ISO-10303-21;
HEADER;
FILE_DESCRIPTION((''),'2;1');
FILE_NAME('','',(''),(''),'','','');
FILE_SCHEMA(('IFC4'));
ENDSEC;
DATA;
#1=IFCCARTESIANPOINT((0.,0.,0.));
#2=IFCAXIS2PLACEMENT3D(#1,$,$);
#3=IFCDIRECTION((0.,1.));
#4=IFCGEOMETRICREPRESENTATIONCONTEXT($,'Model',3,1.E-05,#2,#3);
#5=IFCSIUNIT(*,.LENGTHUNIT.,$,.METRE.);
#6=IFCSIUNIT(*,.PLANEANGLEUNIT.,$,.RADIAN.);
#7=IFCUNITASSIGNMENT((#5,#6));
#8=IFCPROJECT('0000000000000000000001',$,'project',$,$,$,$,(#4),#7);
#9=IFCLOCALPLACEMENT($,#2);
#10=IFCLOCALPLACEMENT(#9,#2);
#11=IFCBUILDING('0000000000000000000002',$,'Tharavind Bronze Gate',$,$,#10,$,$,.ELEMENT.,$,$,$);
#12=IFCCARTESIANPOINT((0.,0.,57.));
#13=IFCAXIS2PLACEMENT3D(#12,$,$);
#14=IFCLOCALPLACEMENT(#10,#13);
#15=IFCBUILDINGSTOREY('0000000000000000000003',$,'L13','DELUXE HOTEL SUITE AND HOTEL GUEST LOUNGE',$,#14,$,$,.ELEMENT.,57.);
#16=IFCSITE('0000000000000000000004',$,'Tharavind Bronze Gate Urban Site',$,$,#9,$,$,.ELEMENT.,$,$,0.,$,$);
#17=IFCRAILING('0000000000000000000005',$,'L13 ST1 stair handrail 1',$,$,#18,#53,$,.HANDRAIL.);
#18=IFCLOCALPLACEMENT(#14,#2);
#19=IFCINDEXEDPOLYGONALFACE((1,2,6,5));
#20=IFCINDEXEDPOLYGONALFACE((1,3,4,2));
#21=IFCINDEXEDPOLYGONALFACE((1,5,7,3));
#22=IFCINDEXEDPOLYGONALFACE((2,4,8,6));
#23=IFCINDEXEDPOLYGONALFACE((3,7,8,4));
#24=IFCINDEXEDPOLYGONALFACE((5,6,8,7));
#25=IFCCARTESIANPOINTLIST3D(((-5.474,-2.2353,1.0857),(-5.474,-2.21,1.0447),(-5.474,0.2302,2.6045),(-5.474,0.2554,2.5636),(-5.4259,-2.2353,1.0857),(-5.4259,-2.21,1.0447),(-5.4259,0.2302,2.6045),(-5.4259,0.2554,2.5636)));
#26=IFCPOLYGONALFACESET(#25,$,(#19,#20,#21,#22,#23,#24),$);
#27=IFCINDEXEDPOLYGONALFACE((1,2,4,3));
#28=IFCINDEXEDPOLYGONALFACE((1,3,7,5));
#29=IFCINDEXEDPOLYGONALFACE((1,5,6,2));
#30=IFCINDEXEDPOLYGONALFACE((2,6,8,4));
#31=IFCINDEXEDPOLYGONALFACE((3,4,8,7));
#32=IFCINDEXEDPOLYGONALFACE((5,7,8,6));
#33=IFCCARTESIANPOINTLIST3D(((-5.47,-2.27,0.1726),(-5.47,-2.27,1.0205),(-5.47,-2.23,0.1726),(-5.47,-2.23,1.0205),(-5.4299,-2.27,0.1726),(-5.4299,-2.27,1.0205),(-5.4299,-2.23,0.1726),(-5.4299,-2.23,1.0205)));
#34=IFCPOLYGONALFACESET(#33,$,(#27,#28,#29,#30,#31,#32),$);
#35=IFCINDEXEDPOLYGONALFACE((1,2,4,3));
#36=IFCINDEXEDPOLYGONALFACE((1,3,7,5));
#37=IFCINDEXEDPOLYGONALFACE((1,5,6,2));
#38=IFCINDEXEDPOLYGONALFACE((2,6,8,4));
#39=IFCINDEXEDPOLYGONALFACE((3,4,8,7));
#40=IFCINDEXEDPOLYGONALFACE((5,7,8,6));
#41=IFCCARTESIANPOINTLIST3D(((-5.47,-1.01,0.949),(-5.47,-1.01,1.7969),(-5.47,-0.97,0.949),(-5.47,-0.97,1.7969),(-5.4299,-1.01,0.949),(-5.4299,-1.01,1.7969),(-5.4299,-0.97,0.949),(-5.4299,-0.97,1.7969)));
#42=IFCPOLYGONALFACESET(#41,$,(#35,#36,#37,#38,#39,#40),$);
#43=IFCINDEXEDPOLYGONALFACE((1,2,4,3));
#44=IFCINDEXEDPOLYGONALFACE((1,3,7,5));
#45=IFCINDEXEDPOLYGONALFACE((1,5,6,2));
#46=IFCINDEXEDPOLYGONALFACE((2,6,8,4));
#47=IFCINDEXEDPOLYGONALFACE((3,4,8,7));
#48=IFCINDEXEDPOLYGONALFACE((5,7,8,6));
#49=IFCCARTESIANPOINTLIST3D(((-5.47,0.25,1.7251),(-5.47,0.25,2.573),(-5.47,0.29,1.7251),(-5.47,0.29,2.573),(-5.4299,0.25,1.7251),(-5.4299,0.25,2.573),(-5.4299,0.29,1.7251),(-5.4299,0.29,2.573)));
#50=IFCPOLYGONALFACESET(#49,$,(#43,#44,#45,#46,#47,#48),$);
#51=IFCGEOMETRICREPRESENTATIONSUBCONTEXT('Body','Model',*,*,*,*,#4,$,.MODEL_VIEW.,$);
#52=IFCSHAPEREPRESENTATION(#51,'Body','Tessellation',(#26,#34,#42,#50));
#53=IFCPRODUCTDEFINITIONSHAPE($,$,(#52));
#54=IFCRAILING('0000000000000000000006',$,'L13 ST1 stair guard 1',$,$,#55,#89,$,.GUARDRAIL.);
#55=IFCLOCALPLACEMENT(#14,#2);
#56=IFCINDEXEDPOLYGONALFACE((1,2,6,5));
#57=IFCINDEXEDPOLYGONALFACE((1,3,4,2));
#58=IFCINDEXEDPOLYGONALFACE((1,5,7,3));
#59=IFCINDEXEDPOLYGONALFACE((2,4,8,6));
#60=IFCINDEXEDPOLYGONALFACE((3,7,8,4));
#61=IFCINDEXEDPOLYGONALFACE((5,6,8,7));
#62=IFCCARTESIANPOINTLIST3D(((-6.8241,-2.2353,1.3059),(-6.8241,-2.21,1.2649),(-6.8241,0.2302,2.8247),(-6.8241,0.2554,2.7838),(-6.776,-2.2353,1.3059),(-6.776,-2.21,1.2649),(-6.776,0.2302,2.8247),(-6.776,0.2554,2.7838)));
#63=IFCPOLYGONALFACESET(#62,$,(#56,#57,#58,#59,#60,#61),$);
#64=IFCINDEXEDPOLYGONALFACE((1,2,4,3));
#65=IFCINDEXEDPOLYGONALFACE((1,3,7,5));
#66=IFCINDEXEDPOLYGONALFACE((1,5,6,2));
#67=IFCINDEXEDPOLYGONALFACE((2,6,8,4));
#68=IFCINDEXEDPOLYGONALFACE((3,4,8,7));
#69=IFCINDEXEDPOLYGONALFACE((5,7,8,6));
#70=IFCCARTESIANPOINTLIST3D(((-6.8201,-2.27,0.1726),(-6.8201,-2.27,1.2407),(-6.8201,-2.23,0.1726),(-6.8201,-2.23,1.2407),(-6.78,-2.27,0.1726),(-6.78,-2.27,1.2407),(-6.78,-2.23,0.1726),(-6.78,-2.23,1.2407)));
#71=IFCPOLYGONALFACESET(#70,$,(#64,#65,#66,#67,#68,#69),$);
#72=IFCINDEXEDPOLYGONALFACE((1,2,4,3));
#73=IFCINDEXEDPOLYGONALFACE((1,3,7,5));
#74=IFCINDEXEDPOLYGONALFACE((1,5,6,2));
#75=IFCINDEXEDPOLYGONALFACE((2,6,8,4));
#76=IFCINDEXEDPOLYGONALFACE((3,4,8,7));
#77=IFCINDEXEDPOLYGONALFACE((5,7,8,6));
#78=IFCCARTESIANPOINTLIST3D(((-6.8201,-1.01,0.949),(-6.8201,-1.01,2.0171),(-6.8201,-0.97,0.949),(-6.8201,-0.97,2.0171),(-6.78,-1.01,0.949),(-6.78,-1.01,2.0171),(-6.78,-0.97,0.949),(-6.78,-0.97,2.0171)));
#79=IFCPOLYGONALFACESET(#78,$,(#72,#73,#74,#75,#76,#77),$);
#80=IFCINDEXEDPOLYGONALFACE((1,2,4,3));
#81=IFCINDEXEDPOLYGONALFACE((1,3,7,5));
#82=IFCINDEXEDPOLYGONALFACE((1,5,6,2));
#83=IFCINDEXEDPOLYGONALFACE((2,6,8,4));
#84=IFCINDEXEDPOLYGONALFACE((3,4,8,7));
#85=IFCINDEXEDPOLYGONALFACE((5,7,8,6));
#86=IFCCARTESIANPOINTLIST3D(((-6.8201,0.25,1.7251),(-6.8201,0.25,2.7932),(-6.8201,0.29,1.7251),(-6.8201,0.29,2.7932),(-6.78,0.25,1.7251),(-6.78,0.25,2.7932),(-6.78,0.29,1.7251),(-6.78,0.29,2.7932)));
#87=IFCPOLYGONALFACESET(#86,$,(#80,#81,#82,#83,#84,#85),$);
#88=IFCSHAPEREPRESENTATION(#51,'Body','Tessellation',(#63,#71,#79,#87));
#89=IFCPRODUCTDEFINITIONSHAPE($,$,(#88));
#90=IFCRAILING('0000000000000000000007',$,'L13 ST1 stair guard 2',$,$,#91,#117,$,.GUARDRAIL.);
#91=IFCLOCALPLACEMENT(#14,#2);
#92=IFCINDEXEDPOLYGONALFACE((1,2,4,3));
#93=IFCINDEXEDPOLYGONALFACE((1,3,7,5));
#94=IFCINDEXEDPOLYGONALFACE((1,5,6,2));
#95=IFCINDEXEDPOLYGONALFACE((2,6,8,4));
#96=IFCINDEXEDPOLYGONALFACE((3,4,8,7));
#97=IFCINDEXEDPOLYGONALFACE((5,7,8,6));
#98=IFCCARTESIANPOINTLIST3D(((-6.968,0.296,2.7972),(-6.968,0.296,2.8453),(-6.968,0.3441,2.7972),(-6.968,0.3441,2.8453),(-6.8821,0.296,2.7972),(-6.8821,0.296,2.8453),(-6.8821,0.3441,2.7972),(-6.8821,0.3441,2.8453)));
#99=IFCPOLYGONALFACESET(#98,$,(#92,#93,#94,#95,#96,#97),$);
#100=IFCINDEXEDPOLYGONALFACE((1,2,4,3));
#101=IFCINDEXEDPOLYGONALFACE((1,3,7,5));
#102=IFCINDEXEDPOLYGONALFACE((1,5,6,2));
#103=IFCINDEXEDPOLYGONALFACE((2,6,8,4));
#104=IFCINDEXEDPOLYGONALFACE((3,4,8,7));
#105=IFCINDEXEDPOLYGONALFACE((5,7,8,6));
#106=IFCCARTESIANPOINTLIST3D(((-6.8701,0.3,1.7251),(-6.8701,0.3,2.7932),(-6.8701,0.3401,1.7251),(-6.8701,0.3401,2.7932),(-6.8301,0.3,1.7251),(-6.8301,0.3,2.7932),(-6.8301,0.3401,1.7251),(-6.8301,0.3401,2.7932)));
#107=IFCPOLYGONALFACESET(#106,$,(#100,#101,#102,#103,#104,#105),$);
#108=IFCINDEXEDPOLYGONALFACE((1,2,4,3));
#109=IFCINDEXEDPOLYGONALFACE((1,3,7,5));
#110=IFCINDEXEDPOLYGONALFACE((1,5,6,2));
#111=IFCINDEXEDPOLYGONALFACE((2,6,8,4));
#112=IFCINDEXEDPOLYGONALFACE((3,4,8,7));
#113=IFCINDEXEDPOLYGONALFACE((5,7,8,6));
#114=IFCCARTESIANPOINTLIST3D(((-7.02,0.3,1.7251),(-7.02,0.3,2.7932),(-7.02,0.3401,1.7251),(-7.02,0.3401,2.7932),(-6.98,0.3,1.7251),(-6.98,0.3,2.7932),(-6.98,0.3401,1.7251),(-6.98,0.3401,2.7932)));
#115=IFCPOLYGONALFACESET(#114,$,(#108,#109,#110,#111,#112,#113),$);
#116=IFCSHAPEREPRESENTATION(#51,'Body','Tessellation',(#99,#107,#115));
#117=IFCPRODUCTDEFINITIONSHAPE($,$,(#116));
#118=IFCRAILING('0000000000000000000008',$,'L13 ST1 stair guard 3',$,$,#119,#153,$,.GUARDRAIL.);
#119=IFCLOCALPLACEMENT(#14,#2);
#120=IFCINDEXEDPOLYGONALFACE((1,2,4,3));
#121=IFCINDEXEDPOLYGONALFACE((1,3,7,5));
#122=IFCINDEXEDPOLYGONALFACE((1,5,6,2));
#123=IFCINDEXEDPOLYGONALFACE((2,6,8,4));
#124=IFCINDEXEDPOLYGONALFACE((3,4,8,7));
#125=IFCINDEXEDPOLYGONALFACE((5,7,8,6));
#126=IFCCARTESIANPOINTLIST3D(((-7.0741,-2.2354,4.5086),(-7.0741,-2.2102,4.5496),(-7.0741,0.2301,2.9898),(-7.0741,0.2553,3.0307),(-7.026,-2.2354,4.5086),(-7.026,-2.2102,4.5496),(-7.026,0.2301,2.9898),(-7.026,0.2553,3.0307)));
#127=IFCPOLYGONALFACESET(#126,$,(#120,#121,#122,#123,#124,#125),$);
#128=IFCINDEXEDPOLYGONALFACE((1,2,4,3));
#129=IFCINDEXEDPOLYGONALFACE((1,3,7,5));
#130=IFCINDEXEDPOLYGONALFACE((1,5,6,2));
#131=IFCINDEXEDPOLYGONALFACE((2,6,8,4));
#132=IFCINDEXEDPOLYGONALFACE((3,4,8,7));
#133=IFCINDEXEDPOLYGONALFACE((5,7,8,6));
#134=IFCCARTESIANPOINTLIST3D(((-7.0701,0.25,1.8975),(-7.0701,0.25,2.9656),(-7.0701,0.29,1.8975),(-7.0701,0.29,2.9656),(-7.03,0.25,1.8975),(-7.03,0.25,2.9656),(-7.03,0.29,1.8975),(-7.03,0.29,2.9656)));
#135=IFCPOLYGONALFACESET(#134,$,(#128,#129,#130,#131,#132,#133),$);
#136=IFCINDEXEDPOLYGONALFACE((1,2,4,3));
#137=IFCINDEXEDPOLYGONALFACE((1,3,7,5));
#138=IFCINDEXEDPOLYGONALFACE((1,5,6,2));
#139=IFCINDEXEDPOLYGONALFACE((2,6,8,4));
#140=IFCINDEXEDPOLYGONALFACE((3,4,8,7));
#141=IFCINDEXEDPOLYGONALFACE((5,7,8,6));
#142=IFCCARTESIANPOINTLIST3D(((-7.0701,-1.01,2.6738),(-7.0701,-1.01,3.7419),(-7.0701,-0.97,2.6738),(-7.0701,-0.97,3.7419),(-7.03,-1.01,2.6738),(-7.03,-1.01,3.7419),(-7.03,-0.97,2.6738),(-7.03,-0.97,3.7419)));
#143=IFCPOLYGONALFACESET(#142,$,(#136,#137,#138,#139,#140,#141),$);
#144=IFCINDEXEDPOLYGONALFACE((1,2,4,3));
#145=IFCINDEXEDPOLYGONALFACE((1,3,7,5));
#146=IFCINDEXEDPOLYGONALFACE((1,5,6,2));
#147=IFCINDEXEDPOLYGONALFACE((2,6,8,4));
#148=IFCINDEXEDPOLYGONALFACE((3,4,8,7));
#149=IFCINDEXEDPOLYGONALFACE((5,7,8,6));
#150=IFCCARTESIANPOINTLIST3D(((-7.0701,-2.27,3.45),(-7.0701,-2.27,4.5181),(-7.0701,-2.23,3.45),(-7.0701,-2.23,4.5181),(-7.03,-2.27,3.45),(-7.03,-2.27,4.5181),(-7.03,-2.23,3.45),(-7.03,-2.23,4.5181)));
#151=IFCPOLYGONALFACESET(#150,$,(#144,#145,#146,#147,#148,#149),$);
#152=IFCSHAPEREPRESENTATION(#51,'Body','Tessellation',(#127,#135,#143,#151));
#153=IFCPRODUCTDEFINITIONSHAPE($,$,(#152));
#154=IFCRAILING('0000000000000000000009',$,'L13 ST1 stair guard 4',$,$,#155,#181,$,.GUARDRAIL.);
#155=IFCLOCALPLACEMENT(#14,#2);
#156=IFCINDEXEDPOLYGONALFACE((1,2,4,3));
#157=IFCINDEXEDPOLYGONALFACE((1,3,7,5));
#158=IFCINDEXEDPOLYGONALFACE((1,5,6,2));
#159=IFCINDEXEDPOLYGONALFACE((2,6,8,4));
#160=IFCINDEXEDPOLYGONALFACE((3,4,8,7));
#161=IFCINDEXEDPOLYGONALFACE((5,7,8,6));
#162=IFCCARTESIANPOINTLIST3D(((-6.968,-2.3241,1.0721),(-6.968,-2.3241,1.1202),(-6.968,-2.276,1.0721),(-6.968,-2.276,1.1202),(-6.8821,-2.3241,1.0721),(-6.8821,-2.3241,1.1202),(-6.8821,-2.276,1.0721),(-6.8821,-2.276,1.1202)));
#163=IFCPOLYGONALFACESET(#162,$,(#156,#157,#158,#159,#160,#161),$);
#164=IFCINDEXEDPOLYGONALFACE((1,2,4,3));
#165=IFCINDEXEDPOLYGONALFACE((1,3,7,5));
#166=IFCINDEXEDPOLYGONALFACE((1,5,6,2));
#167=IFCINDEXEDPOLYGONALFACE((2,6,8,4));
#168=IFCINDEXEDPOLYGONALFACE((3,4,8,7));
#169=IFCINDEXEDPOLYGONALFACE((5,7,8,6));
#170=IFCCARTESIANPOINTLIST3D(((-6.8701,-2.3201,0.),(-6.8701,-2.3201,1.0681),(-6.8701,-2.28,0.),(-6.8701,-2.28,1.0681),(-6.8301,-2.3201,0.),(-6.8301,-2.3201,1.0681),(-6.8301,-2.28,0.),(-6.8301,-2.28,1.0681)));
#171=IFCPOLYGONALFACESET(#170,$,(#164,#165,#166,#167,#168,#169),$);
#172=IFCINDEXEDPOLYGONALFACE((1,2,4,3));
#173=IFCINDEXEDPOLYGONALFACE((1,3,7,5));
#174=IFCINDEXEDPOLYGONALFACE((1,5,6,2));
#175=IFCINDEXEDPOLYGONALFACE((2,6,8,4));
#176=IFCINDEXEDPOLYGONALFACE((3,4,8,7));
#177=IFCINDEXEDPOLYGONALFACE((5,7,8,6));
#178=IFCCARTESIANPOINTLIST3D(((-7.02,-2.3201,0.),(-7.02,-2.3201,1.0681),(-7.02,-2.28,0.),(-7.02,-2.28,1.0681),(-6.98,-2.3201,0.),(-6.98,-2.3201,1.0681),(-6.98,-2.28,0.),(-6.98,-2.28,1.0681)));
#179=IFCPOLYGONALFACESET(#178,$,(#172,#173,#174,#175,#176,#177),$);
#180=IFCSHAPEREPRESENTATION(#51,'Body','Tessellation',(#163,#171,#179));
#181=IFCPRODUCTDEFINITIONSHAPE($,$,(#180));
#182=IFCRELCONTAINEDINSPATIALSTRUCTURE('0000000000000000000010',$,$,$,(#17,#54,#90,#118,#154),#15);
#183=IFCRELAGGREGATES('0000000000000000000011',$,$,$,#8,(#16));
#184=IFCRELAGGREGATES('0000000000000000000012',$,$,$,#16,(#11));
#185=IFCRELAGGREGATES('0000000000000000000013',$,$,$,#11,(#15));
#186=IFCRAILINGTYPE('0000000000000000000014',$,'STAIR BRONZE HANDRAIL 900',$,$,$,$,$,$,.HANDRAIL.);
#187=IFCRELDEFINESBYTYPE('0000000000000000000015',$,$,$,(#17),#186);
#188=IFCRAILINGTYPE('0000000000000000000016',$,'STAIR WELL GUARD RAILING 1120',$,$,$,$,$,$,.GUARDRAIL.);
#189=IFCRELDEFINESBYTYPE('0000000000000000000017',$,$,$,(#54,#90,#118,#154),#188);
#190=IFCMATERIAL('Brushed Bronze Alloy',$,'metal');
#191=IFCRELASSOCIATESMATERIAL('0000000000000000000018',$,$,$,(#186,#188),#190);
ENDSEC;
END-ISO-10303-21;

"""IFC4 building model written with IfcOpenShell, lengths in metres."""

from ifc_helpers import new_model, si_unit, direction, frame, origin, origin_2d, place, context, subcontext, project, spatial, rectangle, extrude, material, type_object, element, save


model = new_model("IFC4")

# Units and contexts
model_context = context("Model", 3, precision=1e-05, world=origin(), true_north=direction((0.0, 1.0)))
body_context = subcontext(model_context, "Body", "Model", "MODEL_VIEW")
ifc_project = project(units=[si_unit("LENGTHUNIT", "METRE"), si_unit("PLANEANGLEUNIT", "RADIAN")], contexts=[model_context])

# Site, building, storey
site_placement = place(None, origin())
site = spatial("IfcSite", under=ifc_project, at=site_placement, Name="Tharavind Bronze Gate Urban Site", CompositionType="ELEMENT", RefElevation=0.0)
building_placement = place(site_placement, origin())
building = spatial("IfcBuilding", under=site, at=building_placement, Name="Tharavind Bronze Gate", CompositionType="ELEMENT")
storey_placement = place(building_placement, frame((0.0, 0.0, 57.0)))
storey = spatial("IfcBuildingStorey", under=building, at=storey_placement, Name="L13", Description="DELUXE HOTEL SUITE AND HOTEL GUEST LOUNGE", CompositionType="ELEMENT", Elevation=57.0)

# Railings
ifc_material_1 = material(Name="Brushed Bronze Alloy", Category="metal")
railing_type_1 = type_object("IfcRailingType", Name="STAIR BRONZE HANDRAIL 900", PredefinedType="HANDRAIL", material=ifc_material_1)
railing_1_placement = place(storey_placement, frame((-5.45, -2.25, 0.1726)))
element("IfcRailing", 1, at=railing_1_placement, inside=storey, type_object=railing_type_1, Name="L13 ST1 stair handrail 1", PredefinedType="HANDRAIL", context=body_context, shape_type="SweptSolid", body=[
    extrude(rectangle(XDim=0.0481, YDim=0.0481, at=origin_2d()), frame((0.0, 0.0273, 0.8926), z_axis=(0.0, 0.8514, 0.524516), x_axis=(-1.0, 0.0, 0.0)), (0.0, 0.0, 1.0), 2.8958),
    extrude(rectangle(XDim=0.04, YDim=0.04, at=origin_2d()), origin(), (0.0, 0.0, 1.0), 0.8479),
    extrude(rectangle(XDim=0.04, YDim=0.04, at=origin_2d()), frame((0.0, 1.26, 0.7764)), (0.0, 0.0, 1.0), 0.8479),
    extrude(rectangle(XDim=0.04, YDim=0.04, at=origin_2d()), frame((0.0, 2.52, 1.5525)), (0.0, 0.0, 1.0), 0.8479),
])
railing_type_2 = type_object("IfcRailingType", Name="STAIR WELL GUARD RAILING 1120", PredefinedType="GUARDRAIL", material=ifc_material_1)
railing_2_placement = place(storey_placement, frame((-6.8, -2.25, 0.1726)))
element("IfcRailing", 2, at=railing_2_placement, inside=storey, type_object=railing_type_2, Name="L13 ST1 stair guard 1", PredefinedType="GUARDRAIL", context=body_context, shape_type="SweptSolid", body=[
    extrude(rectangle(XDim=0.0481, YDim=0.0481, at=origin_2d()), frame((0.0, 0.0273, 1.1128), z_axis=(0.0, 0.8514, 0.524516), x_axis=(-1.0, 0.0, 0.0)), (0.0, 0.0, 1.0), 2.8958),
    extrude(rectangle(XDim=0.04, YDim=0.04, at=origin_2d()), origin(), (0.0, 0.0, 1.0), 1.0681),
    extrude(rectangle(XDim=0.04, YDim=0.04, at=origin_2d()), frame((0.0, 1.26, 0.7764)), (0.0, 0.0, 1.0), 1.0681),
    extrude(rectangle(XDim=0.04, YDim=0.04, at=origin_2d()), frame((0.0, 2.52, 1.5525)), (0.0, 0.0, 1.0), 1.0681),
])
railing_3_placement = place(storey_placement, frame((-6.8501, 0.3201, 1.7251)))
element("IfcRailing", 3, at=railing_3_placement, inside=storey, type_object=railing_type_2, Name="L13 ST1 stair guard 2", PredefinedType="GUARDRAIL", context=body_context, shape_type="SweptSolid", body=[
    extrude(rectangle(XDim=0.0481, YDim=0.0481, at=origin_2d()), frame((-0.032, 0.0, 1.0962), z_axis=(-1.0, 0.0, 0.0), x_axis=(0.0, -1.0, 0.0)), (0.0, 0.0, 1.0), 0.0859),
    extrude(rectangle(XDim=0.04, YDim=0.04, at=origin_2d()), origin(), (0.0, 0.0, 1.0), 1.0681),
    extrude(rectangle(XDim=0.04, YDim=0.04, at=origin_2d()), frame((-0.1499, 0.0, 0.0)), (0.0, 0.0, 1.0), 1.0681),
])
railing_4_placement = place(storey_placement, frame((-7.05, 0.27, 1.8975)))
element("IfcRailing", 4, at=railing_4_placement, inside=storey, type_object=railing_type_2, Name="L13 ST1 stair guard 3", PredefinedType="GUARDRAIL", context=body_context, shape_type="SweptSolid", body=[
    extrude(rectangle(XDim=0.0481, YDim=0.0481, at=origin_2d()), frame((0.0, -0.0273, 1.1128), z_axis=(0.0, -0.8514, 0.524516), x_axis=(1.0, 0.0, 0.0)), (0.0, 0.0, 1.0), 2.8958),
    extrude(rectangle(XDim=0.04, YDim=0.04, at=origin_2d()), origin(), (0.0, 0.0, 1.0), 1.0681),
    extrude(rectangle(XDim=0.04, YDim=0.04, at=origin_2d()), frame((0.0, -1.26, 0.7764)), (0.0, 0.0, 1.0), 1.0681),
    extrude(rectangle(XDim=0.04, YDim=0.04, at=origin_2d()), frame((0.0, -2.52, 1.5525)), (0.0, 0.0, 1.0), 1.0681),
])
railing_5_placement = place(storey_placement, frame((-6.8501, -2.3, 0.0)))
element("IfcRailing", 5, at=railing_5_placement, inside=storey, type_object=railing_type_2, Name="L13 ST1 stair guard 4", PredefinedType="GUARDRAIL", context=body_context, shape_type="SweptSolid", body=[
    extrude(rectangle(XDim=0.0481, YDim=0.0481, at=origin_2d()), frame((-0.032, 0.0, 1.0962), z_axis=(-1.0, 0.0, 0.0), x_axis=(0.0, -1.0, 0.0)), (0.0, 0.0, 1.0), 0.0859),
    extrude(rectangle(XDim=0.04, YDim=0.04, at=origin_2d()), origin(), (0.0, 0.0, 1.0), 1.0681),
    extrude(rectangle(XDim=0.04, YDim=0.04, at=origin_2d()), frame((-0.1499, 0.0, 0.0)), (0.0, 0.0, 1.0), 1.0681),
])

save(model, "model.ifc")
